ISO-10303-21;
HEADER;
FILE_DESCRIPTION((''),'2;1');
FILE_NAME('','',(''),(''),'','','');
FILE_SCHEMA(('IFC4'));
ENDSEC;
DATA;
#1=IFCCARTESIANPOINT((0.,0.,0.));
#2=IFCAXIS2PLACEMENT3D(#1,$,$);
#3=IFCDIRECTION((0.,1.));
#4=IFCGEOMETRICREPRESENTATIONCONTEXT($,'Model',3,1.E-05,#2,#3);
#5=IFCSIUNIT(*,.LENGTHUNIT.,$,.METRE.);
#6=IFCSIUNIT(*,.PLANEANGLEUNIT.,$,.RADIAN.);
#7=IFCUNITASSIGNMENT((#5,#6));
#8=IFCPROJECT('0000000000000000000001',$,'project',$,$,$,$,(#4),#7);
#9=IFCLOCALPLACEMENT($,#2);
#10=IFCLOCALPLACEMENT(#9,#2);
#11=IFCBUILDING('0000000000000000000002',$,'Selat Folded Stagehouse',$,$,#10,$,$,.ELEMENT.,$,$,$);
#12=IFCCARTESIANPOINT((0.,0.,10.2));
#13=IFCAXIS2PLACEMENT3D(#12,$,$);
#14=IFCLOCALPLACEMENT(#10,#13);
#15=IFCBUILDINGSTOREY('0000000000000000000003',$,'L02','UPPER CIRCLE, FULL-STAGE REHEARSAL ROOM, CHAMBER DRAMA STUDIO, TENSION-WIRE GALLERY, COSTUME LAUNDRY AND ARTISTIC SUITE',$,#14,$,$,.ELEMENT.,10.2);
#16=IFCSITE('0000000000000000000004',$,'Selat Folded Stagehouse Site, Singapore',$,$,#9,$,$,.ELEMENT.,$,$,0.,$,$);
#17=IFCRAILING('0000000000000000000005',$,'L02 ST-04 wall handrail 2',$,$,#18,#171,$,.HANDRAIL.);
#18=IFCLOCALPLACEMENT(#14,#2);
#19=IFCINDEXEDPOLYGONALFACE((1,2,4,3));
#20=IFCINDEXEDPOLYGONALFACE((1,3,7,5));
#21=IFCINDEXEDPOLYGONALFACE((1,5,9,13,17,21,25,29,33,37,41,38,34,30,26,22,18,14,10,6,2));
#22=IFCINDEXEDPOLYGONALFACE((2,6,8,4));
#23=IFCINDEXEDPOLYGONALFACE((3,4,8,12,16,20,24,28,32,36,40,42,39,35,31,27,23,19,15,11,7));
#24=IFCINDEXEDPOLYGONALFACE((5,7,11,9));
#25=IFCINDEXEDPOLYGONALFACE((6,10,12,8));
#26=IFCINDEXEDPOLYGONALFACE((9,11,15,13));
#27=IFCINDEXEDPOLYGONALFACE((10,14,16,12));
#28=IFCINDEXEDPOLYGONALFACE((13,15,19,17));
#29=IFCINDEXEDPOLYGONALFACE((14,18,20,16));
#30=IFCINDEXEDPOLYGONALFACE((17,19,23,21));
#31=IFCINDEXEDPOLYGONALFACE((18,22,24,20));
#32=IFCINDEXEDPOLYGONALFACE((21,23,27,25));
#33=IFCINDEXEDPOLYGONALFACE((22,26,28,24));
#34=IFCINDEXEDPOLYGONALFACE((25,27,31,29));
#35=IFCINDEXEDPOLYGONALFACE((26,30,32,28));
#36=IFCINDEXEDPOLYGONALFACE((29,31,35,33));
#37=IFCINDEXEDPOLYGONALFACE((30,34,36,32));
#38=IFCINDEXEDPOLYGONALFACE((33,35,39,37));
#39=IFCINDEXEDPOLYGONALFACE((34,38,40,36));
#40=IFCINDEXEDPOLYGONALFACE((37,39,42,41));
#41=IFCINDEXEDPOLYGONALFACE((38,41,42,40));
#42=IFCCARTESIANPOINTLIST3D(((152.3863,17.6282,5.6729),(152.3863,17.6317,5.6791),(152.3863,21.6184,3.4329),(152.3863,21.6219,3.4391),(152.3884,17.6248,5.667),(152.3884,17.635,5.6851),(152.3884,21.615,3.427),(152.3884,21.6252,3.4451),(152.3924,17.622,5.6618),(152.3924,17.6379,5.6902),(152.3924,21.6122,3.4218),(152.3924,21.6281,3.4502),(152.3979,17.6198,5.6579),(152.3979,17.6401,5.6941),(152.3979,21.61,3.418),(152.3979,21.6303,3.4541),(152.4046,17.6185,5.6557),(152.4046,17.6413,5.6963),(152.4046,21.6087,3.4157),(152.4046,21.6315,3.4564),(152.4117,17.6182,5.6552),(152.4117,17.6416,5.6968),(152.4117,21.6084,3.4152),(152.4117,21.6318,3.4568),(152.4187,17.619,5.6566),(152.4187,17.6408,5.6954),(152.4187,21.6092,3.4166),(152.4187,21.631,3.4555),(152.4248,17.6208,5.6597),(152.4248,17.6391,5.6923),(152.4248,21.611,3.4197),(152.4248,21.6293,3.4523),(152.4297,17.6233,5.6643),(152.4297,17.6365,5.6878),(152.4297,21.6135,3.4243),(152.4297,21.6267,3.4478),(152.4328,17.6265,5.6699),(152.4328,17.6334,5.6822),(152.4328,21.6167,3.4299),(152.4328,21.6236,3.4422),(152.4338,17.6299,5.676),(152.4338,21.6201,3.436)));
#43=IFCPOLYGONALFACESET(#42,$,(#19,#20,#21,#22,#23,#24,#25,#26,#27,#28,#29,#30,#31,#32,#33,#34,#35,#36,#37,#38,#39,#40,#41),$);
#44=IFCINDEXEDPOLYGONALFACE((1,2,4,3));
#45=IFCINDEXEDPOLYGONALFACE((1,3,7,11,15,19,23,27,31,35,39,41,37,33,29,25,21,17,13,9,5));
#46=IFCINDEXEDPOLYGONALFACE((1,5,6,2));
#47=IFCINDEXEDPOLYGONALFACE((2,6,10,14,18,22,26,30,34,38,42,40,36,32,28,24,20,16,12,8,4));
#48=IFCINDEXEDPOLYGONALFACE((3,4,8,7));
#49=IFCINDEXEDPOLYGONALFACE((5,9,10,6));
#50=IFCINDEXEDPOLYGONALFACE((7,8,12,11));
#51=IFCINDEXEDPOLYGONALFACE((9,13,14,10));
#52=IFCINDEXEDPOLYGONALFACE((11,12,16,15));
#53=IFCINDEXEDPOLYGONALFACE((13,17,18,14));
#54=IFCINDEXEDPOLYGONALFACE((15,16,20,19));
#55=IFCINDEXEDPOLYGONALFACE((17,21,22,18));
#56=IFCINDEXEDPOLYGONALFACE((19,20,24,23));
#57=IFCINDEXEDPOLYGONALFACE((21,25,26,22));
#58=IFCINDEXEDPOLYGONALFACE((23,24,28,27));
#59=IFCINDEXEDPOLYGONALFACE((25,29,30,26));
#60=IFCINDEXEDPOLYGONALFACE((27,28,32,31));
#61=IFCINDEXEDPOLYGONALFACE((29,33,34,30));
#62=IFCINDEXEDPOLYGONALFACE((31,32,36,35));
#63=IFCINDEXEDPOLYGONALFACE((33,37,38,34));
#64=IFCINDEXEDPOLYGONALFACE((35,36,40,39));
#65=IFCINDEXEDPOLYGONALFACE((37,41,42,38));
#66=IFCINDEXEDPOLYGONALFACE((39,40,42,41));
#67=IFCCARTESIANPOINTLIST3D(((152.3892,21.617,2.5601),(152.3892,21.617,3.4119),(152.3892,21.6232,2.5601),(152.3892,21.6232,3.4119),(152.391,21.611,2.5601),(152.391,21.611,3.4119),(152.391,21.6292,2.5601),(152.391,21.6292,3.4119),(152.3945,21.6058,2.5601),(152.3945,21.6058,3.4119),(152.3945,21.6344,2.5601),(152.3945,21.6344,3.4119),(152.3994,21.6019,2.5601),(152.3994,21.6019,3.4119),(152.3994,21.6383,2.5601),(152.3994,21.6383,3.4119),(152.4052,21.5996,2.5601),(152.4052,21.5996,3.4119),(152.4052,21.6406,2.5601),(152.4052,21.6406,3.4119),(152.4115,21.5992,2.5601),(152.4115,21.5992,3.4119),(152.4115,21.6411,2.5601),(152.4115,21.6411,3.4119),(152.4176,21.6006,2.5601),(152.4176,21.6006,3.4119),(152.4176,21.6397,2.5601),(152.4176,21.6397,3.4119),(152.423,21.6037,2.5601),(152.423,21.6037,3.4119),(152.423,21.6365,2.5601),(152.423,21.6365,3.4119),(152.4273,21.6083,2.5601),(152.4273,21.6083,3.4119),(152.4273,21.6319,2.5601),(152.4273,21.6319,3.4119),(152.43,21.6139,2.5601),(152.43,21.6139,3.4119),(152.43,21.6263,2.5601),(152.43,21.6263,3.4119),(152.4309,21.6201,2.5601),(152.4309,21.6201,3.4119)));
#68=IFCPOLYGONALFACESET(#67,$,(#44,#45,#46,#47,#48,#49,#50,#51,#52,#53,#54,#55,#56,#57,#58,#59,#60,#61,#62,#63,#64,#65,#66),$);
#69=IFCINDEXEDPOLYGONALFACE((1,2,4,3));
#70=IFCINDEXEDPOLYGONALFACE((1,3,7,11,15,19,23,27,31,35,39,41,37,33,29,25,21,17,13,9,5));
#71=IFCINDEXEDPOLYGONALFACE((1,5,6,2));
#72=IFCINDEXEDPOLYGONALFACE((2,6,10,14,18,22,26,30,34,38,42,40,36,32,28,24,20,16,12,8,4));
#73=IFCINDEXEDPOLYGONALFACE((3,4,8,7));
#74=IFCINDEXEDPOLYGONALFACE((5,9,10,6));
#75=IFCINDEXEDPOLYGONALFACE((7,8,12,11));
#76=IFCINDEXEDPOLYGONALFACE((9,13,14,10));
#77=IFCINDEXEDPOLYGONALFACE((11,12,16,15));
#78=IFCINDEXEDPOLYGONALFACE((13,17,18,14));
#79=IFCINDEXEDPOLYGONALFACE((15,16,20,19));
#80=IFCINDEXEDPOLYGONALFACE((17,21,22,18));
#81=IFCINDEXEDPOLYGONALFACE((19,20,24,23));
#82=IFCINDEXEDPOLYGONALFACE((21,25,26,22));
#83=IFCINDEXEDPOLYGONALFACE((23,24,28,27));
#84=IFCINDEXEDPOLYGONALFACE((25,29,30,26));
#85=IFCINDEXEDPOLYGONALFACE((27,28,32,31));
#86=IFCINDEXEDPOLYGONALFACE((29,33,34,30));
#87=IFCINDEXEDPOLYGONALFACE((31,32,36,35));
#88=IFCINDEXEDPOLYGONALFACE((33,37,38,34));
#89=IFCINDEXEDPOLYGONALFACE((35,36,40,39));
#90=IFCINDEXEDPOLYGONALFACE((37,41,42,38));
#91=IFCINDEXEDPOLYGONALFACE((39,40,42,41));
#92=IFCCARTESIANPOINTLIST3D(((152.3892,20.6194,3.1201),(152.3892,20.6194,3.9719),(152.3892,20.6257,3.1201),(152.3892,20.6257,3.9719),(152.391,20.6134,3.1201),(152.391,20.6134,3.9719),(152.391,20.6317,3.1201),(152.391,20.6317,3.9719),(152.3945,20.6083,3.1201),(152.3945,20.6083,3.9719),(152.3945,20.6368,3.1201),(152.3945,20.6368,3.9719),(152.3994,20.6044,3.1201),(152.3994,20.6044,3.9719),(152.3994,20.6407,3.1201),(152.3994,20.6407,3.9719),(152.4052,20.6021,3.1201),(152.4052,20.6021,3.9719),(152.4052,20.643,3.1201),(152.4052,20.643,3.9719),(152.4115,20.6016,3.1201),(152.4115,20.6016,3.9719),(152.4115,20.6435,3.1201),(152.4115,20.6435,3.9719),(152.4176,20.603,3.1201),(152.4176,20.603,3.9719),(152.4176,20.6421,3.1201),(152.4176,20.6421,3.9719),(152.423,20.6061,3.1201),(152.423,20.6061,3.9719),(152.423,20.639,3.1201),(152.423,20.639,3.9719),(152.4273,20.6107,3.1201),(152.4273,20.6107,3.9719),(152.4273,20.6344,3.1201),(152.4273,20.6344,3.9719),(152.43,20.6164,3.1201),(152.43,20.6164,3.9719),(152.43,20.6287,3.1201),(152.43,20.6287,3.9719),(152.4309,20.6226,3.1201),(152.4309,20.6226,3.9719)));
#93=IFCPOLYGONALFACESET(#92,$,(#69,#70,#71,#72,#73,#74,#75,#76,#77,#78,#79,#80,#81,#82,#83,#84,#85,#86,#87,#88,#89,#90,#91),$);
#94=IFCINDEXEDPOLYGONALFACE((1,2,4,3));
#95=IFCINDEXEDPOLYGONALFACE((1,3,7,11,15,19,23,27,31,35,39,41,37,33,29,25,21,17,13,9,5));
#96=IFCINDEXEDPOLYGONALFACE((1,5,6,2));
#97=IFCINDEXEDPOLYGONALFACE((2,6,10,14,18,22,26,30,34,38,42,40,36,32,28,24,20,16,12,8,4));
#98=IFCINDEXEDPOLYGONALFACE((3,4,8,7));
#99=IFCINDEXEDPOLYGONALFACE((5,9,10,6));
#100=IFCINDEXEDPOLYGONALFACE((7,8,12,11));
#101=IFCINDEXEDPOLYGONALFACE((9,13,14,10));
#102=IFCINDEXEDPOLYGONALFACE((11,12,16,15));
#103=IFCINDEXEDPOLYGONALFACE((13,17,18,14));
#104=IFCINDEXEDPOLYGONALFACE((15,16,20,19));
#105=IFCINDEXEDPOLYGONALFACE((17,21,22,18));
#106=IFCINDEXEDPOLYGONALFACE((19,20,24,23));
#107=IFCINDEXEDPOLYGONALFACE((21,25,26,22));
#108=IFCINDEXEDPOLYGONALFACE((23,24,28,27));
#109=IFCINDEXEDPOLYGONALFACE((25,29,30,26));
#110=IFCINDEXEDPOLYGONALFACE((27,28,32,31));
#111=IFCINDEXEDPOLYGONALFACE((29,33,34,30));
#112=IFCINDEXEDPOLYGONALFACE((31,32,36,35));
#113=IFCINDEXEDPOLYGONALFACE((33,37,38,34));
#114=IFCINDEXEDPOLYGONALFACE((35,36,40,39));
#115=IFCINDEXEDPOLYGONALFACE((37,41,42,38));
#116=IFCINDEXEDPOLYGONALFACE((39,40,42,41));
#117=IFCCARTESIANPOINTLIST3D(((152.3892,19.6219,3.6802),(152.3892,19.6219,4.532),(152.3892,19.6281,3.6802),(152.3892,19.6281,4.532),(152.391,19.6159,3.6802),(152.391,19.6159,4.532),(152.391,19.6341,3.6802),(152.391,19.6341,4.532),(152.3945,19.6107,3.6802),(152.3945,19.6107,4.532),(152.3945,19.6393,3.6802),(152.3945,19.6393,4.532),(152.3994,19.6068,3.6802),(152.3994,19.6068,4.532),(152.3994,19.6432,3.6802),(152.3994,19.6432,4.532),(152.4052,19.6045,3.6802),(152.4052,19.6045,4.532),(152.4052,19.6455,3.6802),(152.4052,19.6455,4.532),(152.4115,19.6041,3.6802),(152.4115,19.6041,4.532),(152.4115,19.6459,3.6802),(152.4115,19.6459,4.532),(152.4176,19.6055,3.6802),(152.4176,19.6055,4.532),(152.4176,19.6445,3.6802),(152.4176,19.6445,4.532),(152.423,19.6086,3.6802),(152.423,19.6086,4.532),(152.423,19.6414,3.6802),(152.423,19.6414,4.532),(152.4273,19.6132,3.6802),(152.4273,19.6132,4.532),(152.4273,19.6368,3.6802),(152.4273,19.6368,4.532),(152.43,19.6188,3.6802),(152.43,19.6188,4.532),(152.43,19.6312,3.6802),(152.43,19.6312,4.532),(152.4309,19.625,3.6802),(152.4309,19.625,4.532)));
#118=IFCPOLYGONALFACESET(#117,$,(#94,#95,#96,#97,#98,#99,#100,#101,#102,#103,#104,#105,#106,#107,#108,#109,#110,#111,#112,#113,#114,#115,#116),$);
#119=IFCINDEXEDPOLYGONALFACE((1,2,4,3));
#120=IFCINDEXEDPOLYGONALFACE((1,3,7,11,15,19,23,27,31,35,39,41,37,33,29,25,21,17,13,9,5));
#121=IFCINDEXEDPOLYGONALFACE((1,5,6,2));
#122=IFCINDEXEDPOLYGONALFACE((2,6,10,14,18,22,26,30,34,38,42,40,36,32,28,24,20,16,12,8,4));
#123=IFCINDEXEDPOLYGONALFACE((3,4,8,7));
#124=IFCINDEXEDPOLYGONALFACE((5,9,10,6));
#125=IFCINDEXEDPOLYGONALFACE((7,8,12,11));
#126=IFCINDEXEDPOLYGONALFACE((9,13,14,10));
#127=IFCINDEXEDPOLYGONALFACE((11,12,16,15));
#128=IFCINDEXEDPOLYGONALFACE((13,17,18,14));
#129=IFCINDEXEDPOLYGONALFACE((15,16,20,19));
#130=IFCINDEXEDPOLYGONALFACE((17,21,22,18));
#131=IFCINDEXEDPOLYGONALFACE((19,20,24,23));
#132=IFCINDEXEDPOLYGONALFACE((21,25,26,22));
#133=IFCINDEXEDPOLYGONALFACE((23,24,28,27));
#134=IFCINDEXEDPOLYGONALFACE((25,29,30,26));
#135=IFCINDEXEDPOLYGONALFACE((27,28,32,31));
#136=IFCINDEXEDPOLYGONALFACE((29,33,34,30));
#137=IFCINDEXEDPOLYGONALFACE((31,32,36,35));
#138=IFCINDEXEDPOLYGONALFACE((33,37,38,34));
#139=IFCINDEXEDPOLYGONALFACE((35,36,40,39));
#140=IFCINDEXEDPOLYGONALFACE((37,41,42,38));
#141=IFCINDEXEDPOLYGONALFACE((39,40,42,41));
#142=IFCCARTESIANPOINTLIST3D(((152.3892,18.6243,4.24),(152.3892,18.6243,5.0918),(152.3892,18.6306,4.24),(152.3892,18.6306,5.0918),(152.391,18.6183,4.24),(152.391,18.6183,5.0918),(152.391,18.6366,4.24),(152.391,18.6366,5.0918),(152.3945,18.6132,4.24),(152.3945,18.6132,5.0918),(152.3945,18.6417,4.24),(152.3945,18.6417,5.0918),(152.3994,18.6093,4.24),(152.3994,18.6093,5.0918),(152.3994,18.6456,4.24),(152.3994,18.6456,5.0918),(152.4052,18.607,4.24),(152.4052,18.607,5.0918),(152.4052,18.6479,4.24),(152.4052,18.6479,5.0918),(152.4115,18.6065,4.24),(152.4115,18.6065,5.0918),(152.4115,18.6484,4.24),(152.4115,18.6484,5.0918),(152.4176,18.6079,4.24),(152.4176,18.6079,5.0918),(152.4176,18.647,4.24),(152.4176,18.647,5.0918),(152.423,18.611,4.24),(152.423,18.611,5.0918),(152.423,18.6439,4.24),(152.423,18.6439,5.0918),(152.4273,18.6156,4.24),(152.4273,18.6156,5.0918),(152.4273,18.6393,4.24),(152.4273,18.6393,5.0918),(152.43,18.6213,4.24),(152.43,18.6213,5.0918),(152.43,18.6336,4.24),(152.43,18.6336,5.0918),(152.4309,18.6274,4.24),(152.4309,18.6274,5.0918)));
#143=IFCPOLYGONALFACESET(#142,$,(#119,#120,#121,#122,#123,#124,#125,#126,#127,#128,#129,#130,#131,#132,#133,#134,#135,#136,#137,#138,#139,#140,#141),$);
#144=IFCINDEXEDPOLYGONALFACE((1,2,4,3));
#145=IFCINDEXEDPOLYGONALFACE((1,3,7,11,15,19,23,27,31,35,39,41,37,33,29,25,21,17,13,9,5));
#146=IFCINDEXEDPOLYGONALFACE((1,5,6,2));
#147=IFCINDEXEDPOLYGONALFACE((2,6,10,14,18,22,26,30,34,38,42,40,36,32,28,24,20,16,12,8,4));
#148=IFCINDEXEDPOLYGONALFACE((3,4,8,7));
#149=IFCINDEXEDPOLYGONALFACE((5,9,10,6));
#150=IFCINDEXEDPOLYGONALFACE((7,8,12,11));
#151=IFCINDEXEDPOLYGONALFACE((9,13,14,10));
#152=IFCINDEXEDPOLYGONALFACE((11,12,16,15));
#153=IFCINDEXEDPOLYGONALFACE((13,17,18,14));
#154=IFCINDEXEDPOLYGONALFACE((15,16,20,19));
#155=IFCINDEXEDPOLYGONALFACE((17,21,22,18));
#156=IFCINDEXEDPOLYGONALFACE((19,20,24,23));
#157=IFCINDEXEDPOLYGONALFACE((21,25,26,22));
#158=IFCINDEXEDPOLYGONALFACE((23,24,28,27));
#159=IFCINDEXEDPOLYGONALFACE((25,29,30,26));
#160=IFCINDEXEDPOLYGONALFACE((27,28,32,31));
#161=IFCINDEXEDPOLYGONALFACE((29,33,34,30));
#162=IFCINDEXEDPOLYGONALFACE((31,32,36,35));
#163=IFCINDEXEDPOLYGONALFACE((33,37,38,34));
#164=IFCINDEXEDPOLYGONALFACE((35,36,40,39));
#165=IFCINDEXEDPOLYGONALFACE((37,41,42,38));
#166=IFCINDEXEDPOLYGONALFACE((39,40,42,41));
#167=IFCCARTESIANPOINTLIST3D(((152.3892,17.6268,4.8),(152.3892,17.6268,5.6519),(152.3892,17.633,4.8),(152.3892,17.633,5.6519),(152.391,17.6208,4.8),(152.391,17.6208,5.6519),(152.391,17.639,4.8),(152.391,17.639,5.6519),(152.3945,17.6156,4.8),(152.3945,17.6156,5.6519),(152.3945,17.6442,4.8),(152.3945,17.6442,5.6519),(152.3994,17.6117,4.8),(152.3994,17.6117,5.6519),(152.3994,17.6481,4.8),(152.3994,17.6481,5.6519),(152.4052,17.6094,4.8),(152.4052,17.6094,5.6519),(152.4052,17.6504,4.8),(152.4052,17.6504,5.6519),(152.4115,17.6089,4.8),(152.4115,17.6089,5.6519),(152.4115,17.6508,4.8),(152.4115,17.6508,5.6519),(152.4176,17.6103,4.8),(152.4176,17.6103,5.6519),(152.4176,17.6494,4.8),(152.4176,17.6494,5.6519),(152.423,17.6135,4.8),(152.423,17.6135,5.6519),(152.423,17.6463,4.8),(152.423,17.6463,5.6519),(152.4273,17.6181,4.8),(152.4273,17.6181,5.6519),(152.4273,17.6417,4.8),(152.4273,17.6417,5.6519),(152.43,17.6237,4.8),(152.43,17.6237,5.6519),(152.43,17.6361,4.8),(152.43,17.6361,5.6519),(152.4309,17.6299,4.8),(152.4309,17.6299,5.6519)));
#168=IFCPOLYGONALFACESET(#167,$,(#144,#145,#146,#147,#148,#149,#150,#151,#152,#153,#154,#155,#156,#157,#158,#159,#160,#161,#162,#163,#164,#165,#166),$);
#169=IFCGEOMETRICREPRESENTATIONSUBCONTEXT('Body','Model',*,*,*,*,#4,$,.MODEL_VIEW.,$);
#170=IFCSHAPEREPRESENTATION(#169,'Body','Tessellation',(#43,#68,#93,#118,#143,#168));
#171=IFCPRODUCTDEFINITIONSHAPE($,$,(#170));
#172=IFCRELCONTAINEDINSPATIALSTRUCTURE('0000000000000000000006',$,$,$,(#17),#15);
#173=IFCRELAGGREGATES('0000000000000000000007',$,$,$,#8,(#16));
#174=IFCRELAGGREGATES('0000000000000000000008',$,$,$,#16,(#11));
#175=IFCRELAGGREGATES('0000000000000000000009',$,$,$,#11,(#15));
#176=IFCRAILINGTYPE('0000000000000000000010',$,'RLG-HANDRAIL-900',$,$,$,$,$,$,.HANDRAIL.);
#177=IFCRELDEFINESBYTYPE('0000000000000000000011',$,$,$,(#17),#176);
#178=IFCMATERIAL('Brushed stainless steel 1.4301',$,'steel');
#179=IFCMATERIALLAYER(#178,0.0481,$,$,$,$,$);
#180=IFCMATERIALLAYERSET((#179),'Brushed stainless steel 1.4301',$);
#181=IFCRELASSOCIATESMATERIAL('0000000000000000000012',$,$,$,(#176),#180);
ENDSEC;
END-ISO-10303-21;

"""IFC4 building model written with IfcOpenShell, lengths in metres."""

from ifc_helpers import new_model, si_unit, direction, frame, origin, origin_2d, place, context, subcontext, project, spatial, circle, extrude, material, layer, layer_set, type_object, element, save


model = new_model("IFC4")

# Units and contexts
model_context = context("Model", 3, precision=1e-05, world=origin(), true_north=direction((0.0, 1.0)))
body_context = subcontext(model_context, "Body", "Model", "MODEL_VIEW")
ifc_project = project(units=[si_unit("LENGTHUNIT", "METRE"), si_unit("PLANEANGLEUNIT", "RADIAN")], contexts=[model_context])

# Site, building, storey
site_placement = place(None, origin())
site = spatial("IfcSite", under=ifc_project, at=site_placement, Name="Selat Folded Stagehouse Site, Singapore", CompositionType="ELEMENT", RefElevation=0.0)
building_placement = place(site_placement, origin())
building = spatial("IfcBuilding", under=site, at=building_placement, Name="Selat Folded Stagehouse", CompositionType="ELEMENT")
storey_placement = place(building_placement, frame((0.0, 0.0, 10.2)))
storey = spatial("IfcBuildingStorey", under=building, at=storey_placement, Name="L02", Description="UPPER CIRCLE, FULL-STAGE REHEARSAL ROOM, CHAMBER DRAMA STUDIO, TENSION-WIRE GALLERY, COSTUME LAUNDRY AND ARTISTIC SUITE", CompositionType="ELEMENT", Elevation=10.2)

# Railing
ifc_material_1 = material(Name="Brushed stainless steel 1.4301", Category="steel")
ifc_layer_1 = layer(ifc_material_1, 0.0481)
ifc_layer_set_1 = layer_set([ifc_layer_1], Name="Brushed stainless steel 1.4301")
railing_type_1 = type_object("IfcRailingType", Name="RLG-HANDRAIL-900", PredefinedType="HANDRAIL", material=ifc_layer_set_1)
railing_1_placement = place(storey_placement, frame((152.4099, 21.6201, 2.5601)))
element("IfcRailing", 1, at=railing_1_placement, inside=storey, type_object=railing_type_1, Name="L02 ST-04 wall handrail 2", PredefinedType="HANDRAIL", context=body_context, shape_type="SweptSolid", body=[
    extrude(circle(Radius=0.0239, at=origin_2d()), frame((0.0, 0.0, 0.876), z_axis=(0.0, -0.871997, 0.489511), x_axis=(1.0, 0.0, 0.0)), (0.0, 0.0, 1.0), 4.5759),
    extrude(circle(Radius=0.021, at=origin_2d()), origin(), (0.0, 0.0, 1.0), 0.8518),
    extrude(circle(Radius=0.021, at=origin_2d()), frame((0.0, -0.9976, 0.5601)), (0.0, 0.0, 1.0), 0.8518),
    extrude(circle(Radius=0.021, at=origin_2d()), frame((0.0, -1.9951, 1.1201)), (0.0, 0.0, 1.0), 0.8518),
    extrude(circle(Radius=0.021, at=origin_2d()), frame((0.0, -2.9927, 1.6799)), (0.0, 0.0, 1.0), 0.8518),
    extrude(circle(Radius=0.021, at=origin_2d()), frame((0.0, -3.9902, 2.24)), (0.0, 0.0, 1.0), 0.8518),
])

save(model, "model.ifc")
